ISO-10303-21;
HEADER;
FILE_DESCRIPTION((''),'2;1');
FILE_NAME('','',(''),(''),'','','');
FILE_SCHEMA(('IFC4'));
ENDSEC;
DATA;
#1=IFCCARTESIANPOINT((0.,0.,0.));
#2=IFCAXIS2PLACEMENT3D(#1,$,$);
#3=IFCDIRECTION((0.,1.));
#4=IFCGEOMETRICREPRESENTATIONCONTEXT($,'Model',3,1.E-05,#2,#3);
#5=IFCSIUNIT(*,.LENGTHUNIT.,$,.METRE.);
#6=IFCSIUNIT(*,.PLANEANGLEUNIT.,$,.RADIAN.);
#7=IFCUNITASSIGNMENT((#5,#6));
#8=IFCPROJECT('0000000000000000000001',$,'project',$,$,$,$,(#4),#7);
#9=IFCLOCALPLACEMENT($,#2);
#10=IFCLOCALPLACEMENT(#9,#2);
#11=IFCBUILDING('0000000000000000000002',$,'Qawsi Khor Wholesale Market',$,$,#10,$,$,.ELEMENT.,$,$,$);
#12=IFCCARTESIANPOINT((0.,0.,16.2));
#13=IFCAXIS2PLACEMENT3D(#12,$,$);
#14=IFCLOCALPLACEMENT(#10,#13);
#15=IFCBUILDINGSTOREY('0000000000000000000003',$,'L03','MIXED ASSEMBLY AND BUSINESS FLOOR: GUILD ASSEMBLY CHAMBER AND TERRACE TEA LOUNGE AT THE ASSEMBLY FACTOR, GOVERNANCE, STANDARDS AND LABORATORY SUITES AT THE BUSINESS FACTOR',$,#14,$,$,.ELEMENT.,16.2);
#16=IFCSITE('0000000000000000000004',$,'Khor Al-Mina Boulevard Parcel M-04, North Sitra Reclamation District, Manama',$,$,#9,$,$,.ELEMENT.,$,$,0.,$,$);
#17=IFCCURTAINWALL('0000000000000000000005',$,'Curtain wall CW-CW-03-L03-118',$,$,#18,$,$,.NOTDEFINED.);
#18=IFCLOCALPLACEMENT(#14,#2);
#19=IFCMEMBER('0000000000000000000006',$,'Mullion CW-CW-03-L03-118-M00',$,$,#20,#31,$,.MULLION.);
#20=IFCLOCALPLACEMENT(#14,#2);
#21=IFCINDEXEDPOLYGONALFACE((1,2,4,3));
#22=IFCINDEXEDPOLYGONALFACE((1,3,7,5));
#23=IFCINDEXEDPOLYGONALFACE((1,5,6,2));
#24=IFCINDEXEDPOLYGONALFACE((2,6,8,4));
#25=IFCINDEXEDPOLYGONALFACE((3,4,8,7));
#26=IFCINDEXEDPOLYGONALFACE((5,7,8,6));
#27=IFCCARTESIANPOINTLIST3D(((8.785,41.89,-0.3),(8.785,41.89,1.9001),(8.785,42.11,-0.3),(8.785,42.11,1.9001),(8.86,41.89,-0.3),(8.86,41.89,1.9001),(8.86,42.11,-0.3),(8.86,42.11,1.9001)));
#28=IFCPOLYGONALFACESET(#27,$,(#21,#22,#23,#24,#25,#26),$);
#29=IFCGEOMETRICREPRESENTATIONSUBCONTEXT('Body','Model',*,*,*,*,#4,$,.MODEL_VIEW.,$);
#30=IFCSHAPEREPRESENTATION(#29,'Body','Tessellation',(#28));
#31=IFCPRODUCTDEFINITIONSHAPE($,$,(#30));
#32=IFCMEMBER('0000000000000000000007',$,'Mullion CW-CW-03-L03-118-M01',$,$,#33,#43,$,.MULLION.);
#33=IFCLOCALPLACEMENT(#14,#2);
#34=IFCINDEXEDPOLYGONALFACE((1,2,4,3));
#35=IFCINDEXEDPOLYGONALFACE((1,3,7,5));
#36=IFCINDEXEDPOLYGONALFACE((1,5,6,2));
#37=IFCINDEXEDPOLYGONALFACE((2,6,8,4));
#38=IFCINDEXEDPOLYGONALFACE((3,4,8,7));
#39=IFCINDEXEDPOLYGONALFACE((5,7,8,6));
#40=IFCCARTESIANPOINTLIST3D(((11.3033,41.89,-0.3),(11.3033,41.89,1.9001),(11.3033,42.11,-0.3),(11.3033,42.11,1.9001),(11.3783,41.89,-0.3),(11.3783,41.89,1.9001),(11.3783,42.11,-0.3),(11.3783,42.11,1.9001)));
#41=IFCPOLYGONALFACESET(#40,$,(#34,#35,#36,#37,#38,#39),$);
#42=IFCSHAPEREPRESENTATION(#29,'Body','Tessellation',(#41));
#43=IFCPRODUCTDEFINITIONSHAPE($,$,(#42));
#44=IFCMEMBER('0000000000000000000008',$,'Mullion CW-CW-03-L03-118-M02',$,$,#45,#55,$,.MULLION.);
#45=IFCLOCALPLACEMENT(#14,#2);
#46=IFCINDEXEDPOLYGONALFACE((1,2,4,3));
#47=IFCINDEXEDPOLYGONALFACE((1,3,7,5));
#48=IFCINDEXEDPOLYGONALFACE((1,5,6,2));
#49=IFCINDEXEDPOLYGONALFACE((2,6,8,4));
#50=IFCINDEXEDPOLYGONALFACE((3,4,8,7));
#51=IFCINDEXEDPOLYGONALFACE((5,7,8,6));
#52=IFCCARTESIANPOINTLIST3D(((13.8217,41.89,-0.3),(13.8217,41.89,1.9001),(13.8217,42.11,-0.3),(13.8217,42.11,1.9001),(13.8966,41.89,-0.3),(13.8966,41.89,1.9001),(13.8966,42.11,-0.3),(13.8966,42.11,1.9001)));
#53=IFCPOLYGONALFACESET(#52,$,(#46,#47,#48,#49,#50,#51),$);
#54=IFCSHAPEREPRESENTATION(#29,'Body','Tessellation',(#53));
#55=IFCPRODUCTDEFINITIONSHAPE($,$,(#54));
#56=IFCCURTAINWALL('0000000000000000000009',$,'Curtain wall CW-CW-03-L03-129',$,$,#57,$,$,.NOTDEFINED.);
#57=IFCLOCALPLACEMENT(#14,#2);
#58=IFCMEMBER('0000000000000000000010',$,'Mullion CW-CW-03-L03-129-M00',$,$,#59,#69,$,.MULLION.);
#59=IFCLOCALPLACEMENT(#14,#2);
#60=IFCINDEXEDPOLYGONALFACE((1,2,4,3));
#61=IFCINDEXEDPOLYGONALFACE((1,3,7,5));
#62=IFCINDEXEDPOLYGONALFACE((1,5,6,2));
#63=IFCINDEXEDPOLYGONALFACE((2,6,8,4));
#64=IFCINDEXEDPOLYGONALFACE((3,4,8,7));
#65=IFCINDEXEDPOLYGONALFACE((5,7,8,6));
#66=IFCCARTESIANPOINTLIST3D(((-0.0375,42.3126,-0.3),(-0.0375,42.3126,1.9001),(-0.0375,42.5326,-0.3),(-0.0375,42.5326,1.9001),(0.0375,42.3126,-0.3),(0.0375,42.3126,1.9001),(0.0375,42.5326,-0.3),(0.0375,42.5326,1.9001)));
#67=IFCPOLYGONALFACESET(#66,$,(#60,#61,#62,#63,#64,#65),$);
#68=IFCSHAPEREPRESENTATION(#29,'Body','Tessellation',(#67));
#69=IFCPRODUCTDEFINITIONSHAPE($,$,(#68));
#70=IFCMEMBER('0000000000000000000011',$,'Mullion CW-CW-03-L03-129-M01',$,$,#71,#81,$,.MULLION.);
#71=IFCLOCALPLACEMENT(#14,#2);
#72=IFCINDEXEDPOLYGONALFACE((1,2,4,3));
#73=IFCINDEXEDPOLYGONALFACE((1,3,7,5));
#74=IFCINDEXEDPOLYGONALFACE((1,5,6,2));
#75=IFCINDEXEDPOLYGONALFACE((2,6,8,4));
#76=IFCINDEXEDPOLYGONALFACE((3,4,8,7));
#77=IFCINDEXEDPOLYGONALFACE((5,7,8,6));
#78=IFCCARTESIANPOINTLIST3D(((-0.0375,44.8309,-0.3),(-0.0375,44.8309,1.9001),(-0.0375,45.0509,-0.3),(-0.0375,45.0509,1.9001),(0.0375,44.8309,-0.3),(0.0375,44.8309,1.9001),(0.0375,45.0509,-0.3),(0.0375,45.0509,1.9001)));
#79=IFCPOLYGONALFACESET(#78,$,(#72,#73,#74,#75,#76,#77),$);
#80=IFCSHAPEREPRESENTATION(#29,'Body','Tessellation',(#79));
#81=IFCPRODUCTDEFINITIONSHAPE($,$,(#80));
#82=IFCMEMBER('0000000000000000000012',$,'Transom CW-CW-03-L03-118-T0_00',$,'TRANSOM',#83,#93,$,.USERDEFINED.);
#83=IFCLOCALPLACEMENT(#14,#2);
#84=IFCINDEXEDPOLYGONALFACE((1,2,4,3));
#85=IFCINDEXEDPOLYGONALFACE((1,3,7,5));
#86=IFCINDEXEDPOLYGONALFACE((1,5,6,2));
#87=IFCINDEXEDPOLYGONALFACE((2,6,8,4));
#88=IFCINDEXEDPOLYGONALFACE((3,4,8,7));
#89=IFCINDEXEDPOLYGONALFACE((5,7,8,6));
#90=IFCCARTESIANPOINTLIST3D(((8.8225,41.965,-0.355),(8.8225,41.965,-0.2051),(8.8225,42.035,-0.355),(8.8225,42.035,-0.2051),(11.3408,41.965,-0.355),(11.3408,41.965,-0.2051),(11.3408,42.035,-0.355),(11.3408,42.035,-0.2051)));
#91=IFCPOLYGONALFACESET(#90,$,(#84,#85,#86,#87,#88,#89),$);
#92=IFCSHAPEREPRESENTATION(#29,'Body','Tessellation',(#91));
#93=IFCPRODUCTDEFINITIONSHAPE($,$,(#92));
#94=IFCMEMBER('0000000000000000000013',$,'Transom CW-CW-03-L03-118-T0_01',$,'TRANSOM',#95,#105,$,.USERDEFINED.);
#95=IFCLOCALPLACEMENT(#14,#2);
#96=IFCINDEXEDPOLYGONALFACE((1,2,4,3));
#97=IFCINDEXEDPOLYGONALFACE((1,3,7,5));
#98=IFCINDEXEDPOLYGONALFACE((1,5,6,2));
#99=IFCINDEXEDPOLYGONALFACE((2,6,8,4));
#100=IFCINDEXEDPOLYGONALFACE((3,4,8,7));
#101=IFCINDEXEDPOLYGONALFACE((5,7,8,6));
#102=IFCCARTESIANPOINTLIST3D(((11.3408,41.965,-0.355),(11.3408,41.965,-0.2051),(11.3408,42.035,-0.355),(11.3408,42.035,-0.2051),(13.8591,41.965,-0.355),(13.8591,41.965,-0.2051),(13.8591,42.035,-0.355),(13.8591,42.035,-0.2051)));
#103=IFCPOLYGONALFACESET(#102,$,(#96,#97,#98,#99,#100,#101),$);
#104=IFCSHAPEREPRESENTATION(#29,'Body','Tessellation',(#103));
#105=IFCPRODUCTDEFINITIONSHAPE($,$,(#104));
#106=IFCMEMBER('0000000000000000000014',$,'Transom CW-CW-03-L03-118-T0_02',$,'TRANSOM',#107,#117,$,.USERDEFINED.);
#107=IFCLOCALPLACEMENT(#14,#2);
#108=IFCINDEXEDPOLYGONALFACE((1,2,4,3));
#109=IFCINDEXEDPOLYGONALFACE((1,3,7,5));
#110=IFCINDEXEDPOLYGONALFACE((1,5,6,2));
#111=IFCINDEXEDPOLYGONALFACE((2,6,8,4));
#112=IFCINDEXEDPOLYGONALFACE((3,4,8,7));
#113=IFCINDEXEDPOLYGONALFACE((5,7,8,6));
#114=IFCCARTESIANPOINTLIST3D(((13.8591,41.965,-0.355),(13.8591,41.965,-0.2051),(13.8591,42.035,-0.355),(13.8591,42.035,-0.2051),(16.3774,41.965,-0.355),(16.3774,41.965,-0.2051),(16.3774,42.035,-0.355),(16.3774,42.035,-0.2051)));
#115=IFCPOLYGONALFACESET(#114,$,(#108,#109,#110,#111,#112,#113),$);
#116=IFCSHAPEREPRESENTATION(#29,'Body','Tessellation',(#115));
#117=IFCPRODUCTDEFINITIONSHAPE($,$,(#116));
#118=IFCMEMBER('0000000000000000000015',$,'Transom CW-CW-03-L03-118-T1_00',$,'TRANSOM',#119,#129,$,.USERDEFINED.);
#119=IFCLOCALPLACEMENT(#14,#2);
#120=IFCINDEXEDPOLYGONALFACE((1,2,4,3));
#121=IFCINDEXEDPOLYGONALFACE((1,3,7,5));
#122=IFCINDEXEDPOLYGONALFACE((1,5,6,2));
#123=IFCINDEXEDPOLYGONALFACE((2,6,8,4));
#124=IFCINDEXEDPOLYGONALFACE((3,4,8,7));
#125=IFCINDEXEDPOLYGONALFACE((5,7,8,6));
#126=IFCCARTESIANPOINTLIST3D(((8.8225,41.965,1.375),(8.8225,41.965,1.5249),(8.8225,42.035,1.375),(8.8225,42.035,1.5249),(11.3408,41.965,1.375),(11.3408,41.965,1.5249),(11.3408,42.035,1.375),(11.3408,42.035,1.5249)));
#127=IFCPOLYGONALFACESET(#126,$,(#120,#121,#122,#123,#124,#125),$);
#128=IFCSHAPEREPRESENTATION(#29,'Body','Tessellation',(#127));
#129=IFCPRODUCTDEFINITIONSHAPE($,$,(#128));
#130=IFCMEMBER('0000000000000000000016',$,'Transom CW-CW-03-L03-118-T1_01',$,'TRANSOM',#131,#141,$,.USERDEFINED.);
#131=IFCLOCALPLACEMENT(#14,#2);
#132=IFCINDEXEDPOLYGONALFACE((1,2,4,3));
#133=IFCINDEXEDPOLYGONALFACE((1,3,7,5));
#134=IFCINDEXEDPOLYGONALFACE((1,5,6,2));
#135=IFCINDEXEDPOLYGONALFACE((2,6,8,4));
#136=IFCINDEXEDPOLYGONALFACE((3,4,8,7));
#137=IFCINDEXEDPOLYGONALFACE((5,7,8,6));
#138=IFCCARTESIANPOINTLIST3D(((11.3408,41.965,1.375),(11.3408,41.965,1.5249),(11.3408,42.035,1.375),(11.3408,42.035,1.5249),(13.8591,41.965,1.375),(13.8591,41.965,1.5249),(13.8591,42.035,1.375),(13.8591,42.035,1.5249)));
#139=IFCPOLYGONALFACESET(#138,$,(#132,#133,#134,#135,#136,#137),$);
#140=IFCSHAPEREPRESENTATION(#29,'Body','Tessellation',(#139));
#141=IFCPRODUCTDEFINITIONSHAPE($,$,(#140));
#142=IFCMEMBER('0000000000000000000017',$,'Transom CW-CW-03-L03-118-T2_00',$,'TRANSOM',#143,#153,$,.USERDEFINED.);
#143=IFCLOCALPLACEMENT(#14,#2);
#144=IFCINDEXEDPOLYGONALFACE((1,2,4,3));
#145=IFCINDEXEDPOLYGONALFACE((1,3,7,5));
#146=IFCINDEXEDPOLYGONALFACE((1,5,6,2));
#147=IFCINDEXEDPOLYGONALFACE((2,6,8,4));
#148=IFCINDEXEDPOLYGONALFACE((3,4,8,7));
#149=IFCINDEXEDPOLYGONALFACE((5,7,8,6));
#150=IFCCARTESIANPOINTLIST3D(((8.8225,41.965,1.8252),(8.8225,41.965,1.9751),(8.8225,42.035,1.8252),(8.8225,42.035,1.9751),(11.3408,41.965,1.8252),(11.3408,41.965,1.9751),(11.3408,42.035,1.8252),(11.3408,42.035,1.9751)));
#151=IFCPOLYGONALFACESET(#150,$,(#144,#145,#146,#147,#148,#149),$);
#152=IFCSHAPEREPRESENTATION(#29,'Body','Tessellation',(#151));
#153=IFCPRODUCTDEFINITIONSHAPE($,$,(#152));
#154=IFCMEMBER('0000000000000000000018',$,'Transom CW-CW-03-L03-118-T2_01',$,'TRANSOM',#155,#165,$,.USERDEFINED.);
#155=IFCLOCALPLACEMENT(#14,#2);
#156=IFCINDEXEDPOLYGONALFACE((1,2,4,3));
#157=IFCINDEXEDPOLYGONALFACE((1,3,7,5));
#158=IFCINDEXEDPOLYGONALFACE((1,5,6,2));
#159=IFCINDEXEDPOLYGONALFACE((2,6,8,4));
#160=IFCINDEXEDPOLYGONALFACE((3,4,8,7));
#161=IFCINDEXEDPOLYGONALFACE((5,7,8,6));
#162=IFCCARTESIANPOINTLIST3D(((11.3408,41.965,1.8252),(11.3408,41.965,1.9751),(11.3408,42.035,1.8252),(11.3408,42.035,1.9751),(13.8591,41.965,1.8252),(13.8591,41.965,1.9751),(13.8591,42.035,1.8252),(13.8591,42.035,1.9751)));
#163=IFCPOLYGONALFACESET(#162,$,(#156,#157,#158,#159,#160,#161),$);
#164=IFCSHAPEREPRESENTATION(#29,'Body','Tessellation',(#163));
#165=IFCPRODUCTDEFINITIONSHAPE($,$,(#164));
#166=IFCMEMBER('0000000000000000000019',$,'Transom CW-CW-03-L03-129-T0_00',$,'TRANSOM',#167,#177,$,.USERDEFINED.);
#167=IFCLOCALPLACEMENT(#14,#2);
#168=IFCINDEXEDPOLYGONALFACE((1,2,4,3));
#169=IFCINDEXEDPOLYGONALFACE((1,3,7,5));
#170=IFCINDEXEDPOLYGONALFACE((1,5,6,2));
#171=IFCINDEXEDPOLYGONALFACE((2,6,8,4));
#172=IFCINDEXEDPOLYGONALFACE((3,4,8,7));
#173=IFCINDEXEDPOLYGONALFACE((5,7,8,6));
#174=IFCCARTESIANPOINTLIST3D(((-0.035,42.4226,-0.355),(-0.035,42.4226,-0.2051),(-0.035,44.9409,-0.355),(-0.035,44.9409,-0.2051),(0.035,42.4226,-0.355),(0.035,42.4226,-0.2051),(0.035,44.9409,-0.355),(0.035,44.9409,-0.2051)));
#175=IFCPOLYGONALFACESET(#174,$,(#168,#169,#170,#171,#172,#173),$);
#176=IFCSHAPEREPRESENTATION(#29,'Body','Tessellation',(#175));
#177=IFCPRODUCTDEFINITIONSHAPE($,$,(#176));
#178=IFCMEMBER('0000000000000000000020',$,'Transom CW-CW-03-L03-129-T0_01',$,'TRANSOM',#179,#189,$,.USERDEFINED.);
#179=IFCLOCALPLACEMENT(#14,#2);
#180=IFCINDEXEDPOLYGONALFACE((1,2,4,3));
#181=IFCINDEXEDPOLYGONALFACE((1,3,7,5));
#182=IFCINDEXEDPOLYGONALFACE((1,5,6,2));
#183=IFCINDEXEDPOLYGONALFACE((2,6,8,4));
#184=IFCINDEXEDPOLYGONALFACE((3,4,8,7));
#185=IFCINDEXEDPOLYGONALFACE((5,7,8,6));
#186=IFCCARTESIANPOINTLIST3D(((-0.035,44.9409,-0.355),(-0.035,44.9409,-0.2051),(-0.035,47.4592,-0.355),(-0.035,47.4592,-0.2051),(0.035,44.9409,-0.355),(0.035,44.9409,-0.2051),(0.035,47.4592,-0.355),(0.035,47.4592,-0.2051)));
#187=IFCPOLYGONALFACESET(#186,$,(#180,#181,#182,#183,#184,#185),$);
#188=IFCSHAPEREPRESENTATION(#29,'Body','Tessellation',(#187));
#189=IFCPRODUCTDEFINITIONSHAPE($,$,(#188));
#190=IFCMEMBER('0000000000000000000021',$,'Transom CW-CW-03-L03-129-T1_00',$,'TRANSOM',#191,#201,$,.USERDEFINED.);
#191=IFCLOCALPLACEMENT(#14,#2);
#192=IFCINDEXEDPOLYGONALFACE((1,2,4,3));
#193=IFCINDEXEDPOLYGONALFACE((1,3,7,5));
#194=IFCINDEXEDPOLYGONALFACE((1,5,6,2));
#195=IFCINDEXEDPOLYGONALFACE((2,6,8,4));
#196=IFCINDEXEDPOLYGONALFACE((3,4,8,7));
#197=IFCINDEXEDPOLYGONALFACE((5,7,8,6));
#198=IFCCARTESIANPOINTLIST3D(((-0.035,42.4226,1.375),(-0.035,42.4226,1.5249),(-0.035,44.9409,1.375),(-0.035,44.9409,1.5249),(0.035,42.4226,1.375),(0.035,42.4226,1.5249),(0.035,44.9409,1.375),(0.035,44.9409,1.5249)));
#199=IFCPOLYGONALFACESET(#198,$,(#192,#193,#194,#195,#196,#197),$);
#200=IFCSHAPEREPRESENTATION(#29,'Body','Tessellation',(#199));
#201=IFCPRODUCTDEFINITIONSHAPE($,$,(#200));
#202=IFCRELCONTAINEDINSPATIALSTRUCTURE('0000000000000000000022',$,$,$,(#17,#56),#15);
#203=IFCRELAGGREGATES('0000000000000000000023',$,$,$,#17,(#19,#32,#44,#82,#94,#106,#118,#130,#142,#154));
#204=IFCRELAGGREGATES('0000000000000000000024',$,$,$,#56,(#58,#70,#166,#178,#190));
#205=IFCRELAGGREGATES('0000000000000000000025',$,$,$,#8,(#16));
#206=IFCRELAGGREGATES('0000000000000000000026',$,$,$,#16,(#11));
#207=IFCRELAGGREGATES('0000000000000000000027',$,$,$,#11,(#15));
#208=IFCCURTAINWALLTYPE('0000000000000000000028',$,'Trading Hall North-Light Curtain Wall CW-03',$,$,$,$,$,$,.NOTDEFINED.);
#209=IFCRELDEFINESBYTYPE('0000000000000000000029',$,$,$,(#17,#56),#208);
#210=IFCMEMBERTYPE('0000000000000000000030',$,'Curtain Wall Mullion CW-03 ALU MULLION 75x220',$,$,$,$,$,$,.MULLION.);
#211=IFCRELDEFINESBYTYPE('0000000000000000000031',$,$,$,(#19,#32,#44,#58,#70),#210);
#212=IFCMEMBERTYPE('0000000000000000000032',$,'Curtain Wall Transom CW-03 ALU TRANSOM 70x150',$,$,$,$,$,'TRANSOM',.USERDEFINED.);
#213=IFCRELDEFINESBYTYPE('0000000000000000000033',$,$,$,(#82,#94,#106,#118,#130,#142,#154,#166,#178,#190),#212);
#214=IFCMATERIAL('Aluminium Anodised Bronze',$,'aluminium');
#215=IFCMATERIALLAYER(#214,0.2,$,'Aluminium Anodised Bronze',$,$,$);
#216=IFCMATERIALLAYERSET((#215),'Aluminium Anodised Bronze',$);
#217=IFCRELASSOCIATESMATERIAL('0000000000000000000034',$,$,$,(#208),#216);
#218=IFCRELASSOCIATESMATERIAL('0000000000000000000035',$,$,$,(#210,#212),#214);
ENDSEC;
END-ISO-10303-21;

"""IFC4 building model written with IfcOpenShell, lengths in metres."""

from ifc_helpers import new_model, si_unit, direction, frame, origin, origin_2d, place, context, subcontext, project, spatial, rectangle, extrude, material, layer, layer_set, material_profile, profile_set, type_object, element, aggregate, save


model = new_model("IFC4")

# Units and contexts
model_context = context("Model", 3, precision=1e-05, world=origin(), true_north=direction((0.0, 1.0)))
body_context = subcontext(model_context, "Body", "Model", "MODEL_VIEW")
ifc_project = project(units=[si_unit("LENGTHUNIT", "METRE"), si_unit("PLANEANGLEUNIT", "RADIAN")], contexts=[model_context])

# Site, building, storey
site_placement = place(None, origin())
site = spatial("IfcSite", under=ifc_project, at=site_placement, Name="Khor Al-Mina Boulevard Parcel M-04, North Sitra Reclamation District, Manama", CompositionType="ELEMENT", RefElevation=0.0)
building_placement = place(site_placement, origin())
building = spatial("IfcBuilding", under=site, at=building_placement, Name="Qawsi Khor Wholesale Market", CompositionType="ELEMENT")
storey_placement = place(building_placement, frame((0.0, 0.0, 16.2)))
storey = spatial("IfcBuildingStorey", under=building, at=storey_placement, Name="L03", Description="MIXED ASSEMBLY AND BUSINESS FLOOR: GUILD ASSEMBLY CHAMBER AND TERRACE TEA LOUNGE AT THE ASSEMBLY FACTOR, GOVERNANCE, STANDARDS AND LABORATORY SUITES AT THE BUSINESS FACTOR", CompositionType="ELEMENT", Elevation=16.2)

# Curtain walls, members
ifc_material_1 = material(Name="Aluminium Anodised Bronze", Category="aluminium")
ifc_layer_1 = layer(ifc_material_1, 0.2, Name="Aluminium Anodised Bronze")
ifc_layer_set_1 = layer_set([ifc_layer_1], Name="Aluminium Anodised Bronze")
curtain_wall_type = type_object("IfcCurtainWallType", Name="Trading Hall North-Light Curtain Wall CW-03", PredefinedType="NOTDEFINED", material=ifc_layer_set_1)
curtain_wall_1_placement = place(storey_placement, origin())
curtain_wall_1 = element("IfcCurtainWall", 1, at=curtain_wall_1_placement, inside=storey, type_object=curtain_wall_type, Name="Curtain wall CW-CW-03-L03-118", PredefinedType="NOTDEFINED")
ifc_material_profile_1 = material_profile(ifc_material_1, rectangle(XDim=0.075, YDim=0.22, at=origin_2d()), Name="ALU MULLION 75x220")
ifc_profile_set_1 = profile_set([ifc_material_profile_1], Name="Aluminium Anodised Bronze")
member_type_1 = type_object("IfcMemberType", Name="Curtain Wall Mullion CW-03 ALU MULLION 75x220", PredefinedType="MULLION", material=ifc_profile_set_1)
member_1_placement = place(storey_placement, frame((8.8225, 42.0, -0.3), z_axis=(0.0, 0.0, 1.0), x_axis=(1.0, 0.0, 0.0)))
member_1 = element("IfcMember", 2, at=member_1_placement, type_object=member_type_1, Name="Mullion CW-CW-03-L03-118-M00", PredefinedType="MULLION", context=body_context, shape_type="SweptSolid", body=[
    extrude(rectangle(XDim=0.075, YDim=0.22, at=origin_2d()), origin(), (0.0, 0.0, 1.0), 2.2002),
])
member_2_placement = place(storey_placement, frame((11.3408, 42.0, -0.3), z_axis=(0.0, 0.0, 1.0), x_axis=(1.0, 0.0, 0.0)))
member_2 = element("IfcMember", 3, at=member_2_placement, type_object=member_type_1, Name="Mullion CW-CW-03-L03-118-M01", PredefinedType="MULLION", context=body_context, shape_type="SweptSolid", body=[
    extrude(rectangle(XDim=0.075, YDim=0.22, at=origin_2d()), origin(), (0.0, 0.0, 1.0), 2.2002),
])
member_3_placement = place(storey_placement, frame((13.8591, 42.0, -0.3), z_axis=(0.0, 0.0, 1.0), x_axis=(1.0, 0.0, 0.0)))
member_3 = element("IfcMember", 4, at=member_3_placement, type_object=member_type_1, Name="Mullion CW-CW-03-L03-118-M02", PredefinedType="MULLION", context=body_context, shape_type="SweptSolid", body=[
    extrude(rectangle(XDim=0.075, YDim=0.22, at=origin_2d()), origin(), (0.0, 0.0, 1.0), 2.2002),
])
curtain_wall_2_placement = place(storey_placement, origin())
curtain_wall_2 = element("IfcCurtainWall", 5, at=curtain_wall_2_placement, inside=storey, type_object=curtain_wall_type, Name="Curtain wall CW-CW-03-L03-129", PredefinedType="NOTDEFINED")
member_4_placement = place(storey_placement, frame((0.0, 42.4226, -0.3), z_axis=(0.0, 0.0, 1.0), x_axis=(1.0, 0.0, 0.0)))
member_4 = element("IfcMember", 6, at=member_4_placement, type_object=member_type_1, Name="Mullion CW-CW-03-L03-129-M00", PredefinedType="MULLION", context=body_context, shape_type="SweptSolid", body=[
    extrude(rectangle(XDim=0.075, YDim=0.22, at=origin_2d()), origin(), (0.0, 0.0, 1.0), 2.2002),
])
member_5_placement = place(storey_placement, frame((0.0, 44.9409, -0.3), z_axis=(0.0, 0.0, 1.0), x_axis=(1.0, 0.0, 0.0)))
member_5 = element("IfcMember", 7, at=member_5_placement, type_object=member_type_1, Name="Mullion CW-CW-03-L03-129-M01", PredefinedType="MULLION", context=body_context, shape_type="SweptSolid", body=[
    extrude(rectangle(XDim=0.075, YDim=0.22, at=origin_2d()), origin(), (0.0, 0.0, 1.0), 2.2002),
])

# Members
ifc_material_profile_2 = material_profile(ifc_material_1, rectangle(XDim=0.0701, YDim=0.1499, at=origin_2d()), Name="ALU TRANSOM 70x150")
ifc_profile_set_2 = profile_set([ifc_material_profile_2], Name="Aluminium Anodised Bronze")
member_type_2 = type_object("IfcMemberType", Name="Curtain Wall Transom CW-03 ALU TRANSOM 70x150", ElementType="TRANSOM", PredefinedType="USERDEFINED", material=ifc_profile_set_2)
member_6_placement = place(storey_placement, frame((8.8225, 42.0, -0.28), z_axis=(1.0, 0.0, 0.0), x_axis=(0.0, 1.0, 0.0)))
member_6 = element("IfcMember", 8, at=member_6_placement, type_object=member_type_2, Name="Transom CW-CW-03-L03-118-T0_00", ObjectType="TRANSOM", PredefinedType="USERDEFINED", context=body_context, shape_type="SweptSolid", body=[
    extrude(rectangle(XDim=0.0701, YDim=0.1499, at=origin_2d()), origin(), (0.0, 0.0, 1.0), 2.5183),
])
member_7_placement = place(storey_placement, frame((11.3408, 42.0, -0.28), z_axis=(1.0, 0.0, 0.0), x_axis=(0.0, 1.0, 0.0)))
member_7 = element("IfcMember", 9, at=member_7_placement, type_object=member_type_2, Name="Transom CW-CW-03-L03-118-T0_01", ObjectType="TRANSOM", PredefinedType="USERDEFINED", context=body_context, shape_type="SweptSolid", body=[
    extrude(rectangle(XDim=0.0701, YDim=0.1499, at=origin_2d()), origin(), (0.0, 0.0, 1.0), 2.5183),
])
member_8_placement = place(storey_placement, frame((13.8591, 42.0, -0.28), z_axis=(1.0, 0.0, 0.0), x_axis=(0.0, 1.0, 0.0)))
member_8 = element("IfcMember", 10, at=member_8_placement, type_object=member_type_2, Name="Transom CW-CW-03-L03-118-T0_02", ObjectType="TRANSOM", PredefinedType="USERDEFINED", context=body_context, shape_type="SweptSolid", body=[
    extrude(rectangle(XDim=0.0701, YDim=0.1499, at=origin_2d()), origin(), (0.0, 0.0, 1.0), 2.5183),
])
member_9_placement = place(storey_placement, frame((8.8225, 42.0, 1.45), z_axis=(1.0, 0.0, 0.0), x_axis=(0.0, 1.0, 0.0)))
member_9 = element("IfcMember", 11, at=member_9_placement, type_object=member_type_2, Name="Transom CW-CW-03-L03-118-T1_00", ObjectType="TRANSOM", PredefinedType="USERDEFINED", context=body_context, shape_type="SweptSolid", body=[
    extrude(rectangle(XDim=0.0701, YDim=0.1499, at=origin_2d()), origin(), (0.0, 0.0, 1.0), 2.5183),
])
member_10_placement = place(storey_placement, frame((11.3408, 42.0, 1.45), z_axis=(1.0, 0.0, 0.0), x_axis=(0.0, 1.0, 0.0)))
member_10 = element("IfcMember", 12, at=member_10_placement, type_object=member_type_2, Name="Transom CW-CW-03-L03-118-T1_01", ObjectType="TRANSOM", PredefinedType="USERDEFINED", context=body_context, shape_type="SweptSolid", body=[
    extrude(rectangle(XDim=0.0701, YDim=0.1499, at=origin_2d()), origin(), (0.0, 0.0, 1.0), 2.5183),
])
member_11_placement = place(storey_placement, frame((8.8225, 42.0, 1.9001), z_axis=(1.0, 0.0, 0.0), x_axis=(0.0, 1.0, 0.0)))
member_11 = element("IfcMember", 13, at=member_11_placement, type_object=member_type_2, Name="Transom CW-CW-03-L03-118-T2_00", ObjectType="TRANSOM", PredefinedType="USERDEFINED", context=body_context, shape_type="SweptSolid", body=[
    extrude(rectangle(XDim=0.0701, YDim=0.1499, at=origin_2d()), origin(), (0.0, 0.0, 1.0), 2.5183),
])
member_12_placement = place(storey_placement, frame((11.3408, 42.0, 1.9001), z_axis=(1.0, 0.0, 0.0), x_axis=(0.0, 1.0, 0.0)))
member_12 = element("IfcMember", 14, at=member_12_placement, type_object=member_type_2, Name="Transom CW-CW-03-L03-118-T2_01", ObjectType="TRANSOM", PredefinedType="USERDEFINED", context=body_context, shape_type="SweptSolid", body=[
    extrude(rectangle(XDim=0.0701, YDim=0.1499, at=origin_2d()), origin(), (0.0, 0.0, 1.0), 2.5183),
])
member_13_placement = place(storey_placement, frame((0.0, 42.4226, -0.28), z_axis=(0.0, 1.0, 0.0), x_axis=(-1.0, 0.0, 0.0)))
member_13 = element("IfcMember", 15, at=member_13_placement, type_object=member_type_2, Name="Transom CW-CW-03-L03-129-T0_00", ObjectType="TRANSOM", PredefinedType="USERDEFINED", context=body_context, shape_type="SweptSolid", body=[
    extrude(rectangle(XDim=0.0701, YDim=0.1499, at=origin_2d()), origin(), (0.0, 0.0, 1.0), 2.5183),
])
member_14_placement = place(storey_placement, frame((0.0, 44.9409, -0.28), z_axis=(0.0, 1.0, 0.0), x_axis=(-1.0, 0.0, 0.0)))
member_14 = element("IfcMember", 16, at=member_14_placement, type_object=member_type_2, Name="Transom CW-CW-03-L03-129-T0_01", ObjectType="TRANSOM", PredefinedType="USERDEFINED", context=body_context, shape_type="SweptSolid", body=[
    extrude(rectangle(XDim=0.0701, YDim=0.1499, at=origin_2d()), origin(), (0.0, 0.0, 1.0), 2.5183),
])
member_15_placement = place(storey_placement, frame((0.0, 42.4226, 1.45), z_axis=(0.0, 1.0, 0.0), x_axis=(-1.0, 0.0, 0.0)))
member_15 = element("IfcMember", 17, at=member_15_placement, type_object=member_type_2, Name="Transom CW-CW-03-L03-129-T1_00", ObjectType="TRANSOM", PredefinedType="USERDEFINED", context=body_context, shape_type="SweptSolid", body=[
    extrude(rectangle(XDim=0.0701, YDim=0.1499, at=origin_2d()), origin(), (0.0, 0.0, 1.0), 2.5183),
])

aggregate(curtain_wall_1, [member_1, member_2, member_3, member_6, member_7, member_8, member_9, member_10, member_11, member_12])
aggregate(curtain_wall_2, [member_4, member_5, member_13, member_14, member_15])

save(model, "model.ifc")
